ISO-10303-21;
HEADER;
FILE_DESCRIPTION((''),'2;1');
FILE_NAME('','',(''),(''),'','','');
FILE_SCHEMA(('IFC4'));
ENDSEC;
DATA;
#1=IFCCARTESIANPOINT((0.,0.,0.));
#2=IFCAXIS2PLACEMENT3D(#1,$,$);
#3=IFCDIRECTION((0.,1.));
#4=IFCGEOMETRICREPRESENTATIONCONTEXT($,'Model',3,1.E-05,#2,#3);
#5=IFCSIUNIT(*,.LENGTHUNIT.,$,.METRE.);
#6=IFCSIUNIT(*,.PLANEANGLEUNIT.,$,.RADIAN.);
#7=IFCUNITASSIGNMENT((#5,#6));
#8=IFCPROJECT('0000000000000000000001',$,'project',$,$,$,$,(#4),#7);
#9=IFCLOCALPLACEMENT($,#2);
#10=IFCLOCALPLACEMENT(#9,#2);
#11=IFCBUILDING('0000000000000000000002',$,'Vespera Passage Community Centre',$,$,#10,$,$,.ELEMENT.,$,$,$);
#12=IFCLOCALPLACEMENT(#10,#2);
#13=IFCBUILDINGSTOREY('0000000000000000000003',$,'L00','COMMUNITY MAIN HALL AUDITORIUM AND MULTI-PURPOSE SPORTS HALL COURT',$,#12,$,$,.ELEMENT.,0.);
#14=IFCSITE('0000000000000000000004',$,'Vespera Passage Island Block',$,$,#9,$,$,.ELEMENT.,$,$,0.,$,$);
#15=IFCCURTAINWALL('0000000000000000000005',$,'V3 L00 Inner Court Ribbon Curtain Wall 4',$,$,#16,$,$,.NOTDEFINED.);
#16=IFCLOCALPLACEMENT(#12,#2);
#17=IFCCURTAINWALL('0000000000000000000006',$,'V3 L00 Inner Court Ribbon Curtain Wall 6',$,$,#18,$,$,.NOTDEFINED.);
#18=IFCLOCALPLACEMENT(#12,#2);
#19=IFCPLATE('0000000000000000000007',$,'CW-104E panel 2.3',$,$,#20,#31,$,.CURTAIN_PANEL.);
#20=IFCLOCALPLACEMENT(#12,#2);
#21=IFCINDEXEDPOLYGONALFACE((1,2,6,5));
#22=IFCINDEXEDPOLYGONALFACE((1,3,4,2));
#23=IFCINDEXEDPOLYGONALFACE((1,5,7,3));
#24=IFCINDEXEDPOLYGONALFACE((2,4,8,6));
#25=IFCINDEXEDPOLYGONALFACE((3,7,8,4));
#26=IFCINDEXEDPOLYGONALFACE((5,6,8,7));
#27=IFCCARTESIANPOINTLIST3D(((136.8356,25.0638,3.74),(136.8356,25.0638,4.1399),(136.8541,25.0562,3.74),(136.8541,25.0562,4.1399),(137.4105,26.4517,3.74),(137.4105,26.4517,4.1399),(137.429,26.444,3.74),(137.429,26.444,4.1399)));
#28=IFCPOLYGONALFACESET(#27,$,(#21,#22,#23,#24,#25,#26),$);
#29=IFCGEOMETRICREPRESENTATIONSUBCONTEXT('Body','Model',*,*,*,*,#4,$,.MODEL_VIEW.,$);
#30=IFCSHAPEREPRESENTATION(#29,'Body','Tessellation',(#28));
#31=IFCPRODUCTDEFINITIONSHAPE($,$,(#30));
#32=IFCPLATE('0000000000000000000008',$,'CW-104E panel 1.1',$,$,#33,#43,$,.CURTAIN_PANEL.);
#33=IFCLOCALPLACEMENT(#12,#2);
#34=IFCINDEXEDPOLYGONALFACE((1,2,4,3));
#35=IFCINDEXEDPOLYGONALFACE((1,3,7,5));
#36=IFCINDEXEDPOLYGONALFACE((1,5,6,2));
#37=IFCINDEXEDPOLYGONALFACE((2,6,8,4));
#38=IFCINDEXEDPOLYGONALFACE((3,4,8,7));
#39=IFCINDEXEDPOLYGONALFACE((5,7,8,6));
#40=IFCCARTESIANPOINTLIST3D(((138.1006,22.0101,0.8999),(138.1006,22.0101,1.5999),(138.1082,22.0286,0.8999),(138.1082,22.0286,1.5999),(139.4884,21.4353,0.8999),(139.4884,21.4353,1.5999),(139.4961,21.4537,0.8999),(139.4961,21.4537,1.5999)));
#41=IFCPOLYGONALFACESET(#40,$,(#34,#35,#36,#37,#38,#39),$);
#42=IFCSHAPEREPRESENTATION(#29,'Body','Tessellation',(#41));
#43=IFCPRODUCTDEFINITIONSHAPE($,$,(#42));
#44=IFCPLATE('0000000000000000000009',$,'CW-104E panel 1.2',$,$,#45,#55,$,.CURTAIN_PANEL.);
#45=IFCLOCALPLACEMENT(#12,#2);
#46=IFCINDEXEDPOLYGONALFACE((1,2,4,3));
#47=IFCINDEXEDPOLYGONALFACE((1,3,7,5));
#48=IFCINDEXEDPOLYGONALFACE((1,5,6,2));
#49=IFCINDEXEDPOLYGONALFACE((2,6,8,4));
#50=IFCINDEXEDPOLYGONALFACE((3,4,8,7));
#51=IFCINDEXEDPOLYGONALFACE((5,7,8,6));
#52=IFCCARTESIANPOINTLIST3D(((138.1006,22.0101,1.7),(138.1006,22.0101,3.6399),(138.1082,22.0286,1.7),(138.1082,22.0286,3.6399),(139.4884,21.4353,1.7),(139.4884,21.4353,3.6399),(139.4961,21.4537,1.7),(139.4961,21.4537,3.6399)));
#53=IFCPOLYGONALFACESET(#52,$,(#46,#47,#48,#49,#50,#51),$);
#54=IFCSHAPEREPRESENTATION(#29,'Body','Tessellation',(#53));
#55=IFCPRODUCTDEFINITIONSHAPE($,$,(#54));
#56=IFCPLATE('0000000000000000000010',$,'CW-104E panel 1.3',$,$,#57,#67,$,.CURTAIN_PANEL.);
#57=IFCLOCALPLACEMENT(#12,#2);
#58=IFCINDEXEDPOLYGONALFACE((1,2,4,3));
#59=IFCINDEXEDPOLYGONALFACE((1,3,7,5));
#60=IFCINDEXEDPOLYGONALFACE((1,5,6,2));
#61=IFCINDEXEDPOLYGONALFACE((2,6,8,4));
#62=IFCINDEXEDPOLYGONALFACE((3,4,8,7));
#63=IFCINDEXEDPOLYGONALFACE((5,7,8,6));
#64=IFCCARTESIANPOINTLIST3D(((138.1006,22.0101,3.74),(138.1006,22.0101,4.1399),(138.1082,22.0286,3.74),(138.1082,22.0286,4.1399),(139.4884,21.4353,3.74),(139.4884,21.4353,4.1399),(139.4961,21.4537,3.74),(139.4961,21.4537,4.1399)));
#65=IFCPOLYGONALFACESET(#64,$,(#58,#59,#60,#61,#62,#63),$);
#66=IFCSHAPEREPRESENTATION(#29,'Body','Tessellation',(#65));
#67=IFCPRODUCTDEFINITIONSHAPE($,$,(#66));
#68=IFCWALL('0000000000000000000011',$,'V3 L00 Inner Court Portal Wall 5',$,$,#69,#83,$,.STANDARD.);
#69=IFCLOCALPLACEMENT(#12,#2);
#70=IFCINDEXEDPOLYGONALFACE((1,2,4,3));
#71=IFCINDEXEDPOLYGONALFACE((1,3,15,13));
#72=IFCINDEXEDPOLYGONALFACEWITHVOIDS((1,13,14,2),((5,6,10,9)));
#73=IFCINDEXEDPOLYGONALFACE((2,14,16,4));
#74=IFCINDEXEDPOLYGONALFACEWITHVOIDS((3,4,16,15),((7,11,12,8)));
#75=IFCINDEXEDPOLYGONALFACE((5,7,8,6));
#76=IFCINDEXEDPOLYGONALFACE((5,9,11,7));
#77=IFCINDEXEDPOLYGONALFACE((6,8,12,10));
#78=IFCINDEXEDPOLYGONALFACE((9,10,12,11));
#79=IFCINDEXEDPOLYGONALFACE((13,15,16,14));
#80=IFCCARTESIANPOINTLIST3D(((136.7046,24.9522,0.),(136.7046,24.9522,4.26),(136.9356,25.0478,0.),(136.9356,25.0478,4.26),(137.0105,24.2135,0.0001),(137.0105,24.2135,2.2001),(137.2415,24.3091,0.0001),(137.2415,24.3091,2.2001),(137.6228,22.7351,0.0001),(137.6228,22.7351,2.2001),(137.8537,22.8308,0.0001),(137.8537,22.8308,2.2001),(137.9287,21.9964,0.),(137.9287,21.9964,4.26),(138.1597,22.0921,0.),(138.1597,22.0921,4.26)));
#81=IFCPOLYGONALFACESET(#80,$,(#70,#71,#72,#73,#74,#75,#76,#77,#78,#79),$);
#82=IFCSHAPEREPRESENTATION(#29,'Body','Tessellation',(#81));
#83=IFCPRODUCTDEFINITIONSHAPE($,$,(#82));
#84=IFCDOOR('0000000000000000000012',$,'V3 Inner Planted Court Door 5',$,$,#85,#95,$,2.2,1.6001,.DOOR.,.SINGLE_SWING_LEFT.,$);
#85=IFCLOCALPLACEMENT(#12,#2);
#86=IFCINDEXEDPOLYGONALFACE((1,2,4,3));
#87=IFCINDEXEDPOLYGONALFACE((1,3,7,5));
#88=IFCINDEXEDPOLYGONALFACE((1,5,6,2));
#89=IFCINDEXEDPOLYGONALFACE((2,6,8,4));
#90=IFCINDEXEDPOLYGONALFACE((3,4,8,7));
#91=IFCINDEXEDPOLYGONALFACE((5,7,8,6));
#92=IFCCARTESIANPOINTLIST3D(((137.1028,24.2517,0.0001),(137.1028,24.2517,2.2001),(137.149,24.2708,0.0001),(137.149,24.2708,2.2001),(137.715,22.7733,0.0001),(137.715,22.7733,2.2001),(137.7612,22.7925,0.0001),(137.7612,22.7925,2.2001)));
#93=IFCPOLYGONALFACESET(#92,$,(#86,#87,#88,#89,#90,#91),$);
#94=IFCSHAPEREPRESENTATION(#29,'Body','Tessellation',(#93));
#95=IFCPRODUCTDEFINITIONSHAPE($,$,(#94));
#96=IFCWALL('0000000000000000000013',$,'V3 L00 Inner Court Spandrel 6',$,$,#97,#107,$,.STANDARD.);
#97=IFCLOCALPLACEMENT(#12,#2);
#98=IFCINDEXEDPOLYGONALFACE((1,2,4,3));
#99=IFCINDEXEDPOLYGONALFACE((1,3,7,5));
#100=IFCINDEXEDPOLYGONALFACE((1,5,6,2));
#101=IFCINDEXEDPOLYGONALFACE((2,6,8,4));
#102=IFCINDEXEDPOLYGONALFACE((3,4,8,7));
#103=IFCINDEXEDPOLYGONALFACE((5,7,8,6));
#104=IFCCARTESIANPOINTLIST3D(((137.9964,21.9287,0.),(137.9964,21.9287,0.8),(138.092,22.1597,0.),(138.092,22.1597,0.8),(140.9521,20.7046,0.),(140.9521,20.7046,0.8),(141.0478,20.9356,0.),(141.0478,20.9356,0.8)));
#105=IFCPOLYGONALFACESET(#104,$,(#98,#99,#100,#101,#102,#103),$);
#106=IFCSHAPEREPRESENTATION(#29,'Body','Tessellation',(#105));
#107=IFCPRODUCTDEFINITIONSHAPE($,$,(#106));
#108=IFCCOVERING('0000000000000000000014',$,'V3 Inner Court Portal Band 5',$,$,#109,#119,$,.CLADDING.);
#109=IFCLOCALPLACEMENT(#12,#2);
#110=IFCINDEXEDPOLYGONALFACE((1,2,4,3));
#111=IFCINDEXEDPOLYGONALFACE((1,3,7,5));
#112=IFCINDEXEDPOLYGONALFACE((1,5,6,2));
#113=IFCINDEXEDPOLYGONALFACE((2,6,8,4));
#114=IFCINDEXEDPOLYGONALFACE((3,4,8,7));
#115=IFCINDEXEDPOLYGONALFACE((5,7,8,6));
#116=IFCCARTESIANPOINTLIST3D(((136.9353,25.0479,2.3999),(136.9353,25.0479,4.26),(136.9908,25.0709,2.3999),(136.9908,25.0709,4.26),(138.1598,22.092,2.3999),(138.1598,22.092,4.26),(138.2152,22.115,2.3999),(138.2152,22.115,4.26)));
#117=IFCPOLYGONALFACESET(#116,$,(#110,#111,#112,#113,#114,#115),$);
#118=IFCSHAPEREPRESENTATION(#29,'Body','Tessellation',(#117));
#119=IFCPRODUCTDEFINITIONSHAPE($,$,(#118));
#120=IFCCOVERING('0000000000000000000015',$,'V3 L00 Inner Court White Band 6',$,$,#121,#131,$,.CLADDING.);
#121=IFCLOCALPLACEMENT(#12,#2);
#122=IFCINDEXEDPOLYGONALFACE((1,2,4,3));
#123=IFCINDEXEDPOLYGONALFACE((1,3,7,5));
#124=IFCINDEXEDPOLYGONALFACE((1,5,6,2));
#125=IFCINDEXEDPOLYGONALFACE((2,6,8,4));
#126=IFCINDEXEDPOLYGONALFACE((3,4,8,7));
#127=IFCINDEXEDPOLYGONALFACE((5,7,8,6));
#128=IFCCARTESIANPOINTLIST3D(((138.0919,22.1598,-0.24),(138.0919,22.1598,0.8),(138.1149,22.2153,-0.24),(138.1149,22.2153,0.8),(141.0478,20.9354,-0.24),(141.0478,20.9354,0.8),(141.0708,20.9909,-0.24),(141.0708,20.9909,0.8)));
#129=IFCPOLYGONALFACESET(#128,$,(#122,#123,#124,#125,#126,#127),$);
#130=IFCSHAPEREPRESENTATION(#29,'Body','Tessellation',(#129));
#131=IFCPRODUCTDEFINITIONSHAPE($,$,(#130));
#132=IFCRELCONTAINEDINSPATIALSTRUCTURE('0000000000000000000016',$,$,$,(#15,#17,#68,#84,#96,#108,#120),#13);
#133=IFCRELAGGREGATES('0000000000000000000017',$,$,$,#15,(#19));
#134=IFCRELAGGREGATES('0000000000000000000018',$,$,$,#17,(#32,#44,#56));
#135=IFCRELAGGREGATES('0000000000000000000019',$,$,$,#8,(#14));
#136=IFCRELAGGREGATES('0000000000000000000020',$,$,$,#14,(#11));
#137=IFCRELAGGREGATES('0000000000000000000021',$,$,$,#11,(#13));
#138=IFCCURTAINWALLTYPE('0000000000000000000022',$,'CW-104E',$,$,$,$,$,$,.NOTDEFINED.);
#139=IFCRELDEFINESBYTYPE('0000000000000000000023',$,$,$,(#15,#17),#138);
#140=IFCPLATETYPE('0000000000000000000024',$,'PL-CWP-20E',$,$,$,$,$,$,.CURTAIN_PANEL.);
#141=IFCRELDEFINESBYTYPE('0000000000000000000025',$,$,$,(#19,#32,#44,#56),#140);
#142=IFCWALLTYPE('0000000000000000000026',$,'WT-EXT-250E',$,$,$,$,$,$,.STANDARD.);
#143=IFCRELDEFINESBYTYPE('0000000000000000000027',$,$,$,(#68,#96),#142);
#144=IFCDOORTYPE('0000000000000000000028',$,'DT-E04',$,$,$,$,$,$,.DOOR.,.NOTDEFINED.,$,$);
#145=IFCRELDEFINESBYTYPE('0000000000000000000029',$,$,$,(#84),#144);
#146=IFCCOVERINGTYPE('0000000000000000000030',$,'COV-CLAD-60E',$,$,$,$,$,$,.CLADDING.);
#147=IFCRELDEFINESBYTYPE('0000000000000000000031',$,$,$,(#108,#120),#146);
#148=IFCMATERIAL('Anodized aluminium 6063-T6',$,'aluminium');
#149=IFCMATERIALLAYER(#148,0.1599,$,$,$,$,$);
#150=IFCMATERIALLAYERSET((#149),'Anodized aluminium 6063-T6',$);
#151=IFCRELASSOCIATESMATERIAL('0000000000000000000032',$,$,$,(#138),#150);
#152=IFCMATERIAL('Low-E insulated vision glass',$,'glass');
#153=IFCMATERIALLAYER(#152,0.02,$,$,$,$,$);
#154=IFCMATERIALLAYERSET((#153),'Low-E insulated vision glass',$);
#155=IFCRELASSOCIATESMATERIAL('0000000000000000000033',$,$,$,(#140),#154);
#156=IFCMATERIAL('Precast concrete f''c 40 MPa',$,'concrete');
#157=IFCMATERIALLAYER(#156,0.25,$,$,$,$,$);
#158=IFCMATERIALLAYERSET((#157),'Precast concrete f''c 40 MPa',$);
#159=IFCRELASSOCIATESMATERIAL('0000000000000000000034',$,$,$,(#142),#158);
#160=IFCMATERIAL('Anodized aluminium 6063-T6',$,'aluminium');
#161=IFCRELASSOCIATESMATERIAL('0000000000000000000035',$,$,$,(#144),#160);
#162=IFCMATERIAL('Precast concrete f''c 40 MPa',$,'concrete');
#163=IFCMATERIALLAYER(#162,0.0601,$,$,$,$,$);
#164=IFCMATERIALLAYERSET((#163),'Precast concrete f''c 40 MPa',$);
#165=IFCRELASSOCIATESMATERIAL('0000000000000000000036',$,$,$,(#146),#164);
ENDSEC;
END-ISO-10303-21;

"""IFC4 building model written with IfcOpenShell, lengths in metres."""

from ifc_helpers import new_model, si_unit, direction, frame, frame_2d, origin, origin_2d, place, context, subcontext, project, spatial, rectangle, extrude, material, layer, layer_set, type_object, element, fill, aggregate, save


model = new_model("IFC4")

# Units and contexts
model_context = context("Model", 3, precision=1e-05, world=origin(), true_north=direction((0.0, 1.0)))
body_context = subcontext(model_context, "Body", "Model", "MODEL_VIEW")
ifc_project = project(units=[si_unit("LENGTHUNIT", "METRE"), si_unit("PLANEANGLEUNIT", "RADIAN")], contexts=[model_context])

# Site, building, storey
site_placement = place(None, origin())
site = spatial("IfcSite", under=ifc_project, at=site_placement, Name="Vespera Passage Island Block", CompositionType="ELEMENT", RefElevation=0.0)
building_placement = place(site_placement, origin())
building = spatial("IfcBuilding", under=site, at=building_placement, Name="Vespera Passage Community Centre", CompositionType="ELEMENT")
storey_placement = place(building_placement, origin())
storey = spatial("IfcBuildingStorey", under=building, at=storey_placement, Name="L00", Description="COMMUNITY MAIN HALL AUDITORIUM AND MULTI-PURPOSE SPORTS HALL COURT", CompositionType="ELEMENT", Elevation=0.0)

# Curtain walls
ifc_material_1 = material(Name="Anodized aluminium 6063-T6", Category="aluminium")
ifc_layer_1 = layer(ifc_material_1, 0.1599)
ifc_layer_set_1 = layer_set([ifc_layer_1], Name="Anodized aluminium 6063-T6")
curtain_wall_type = type_object("IfcCurtainWallType", Name="CW-104E", PredefinedType="NOTDEFINED", material=ifc_layer_set_1)
curtain_wall_1_placement = place(storey_placement, origin())
curtain_wall_1 = element("IfcCurtainWall", 1, at=curtain_wall_1_placement, inside=storey, type_object=curtain_wall_type, Name="V3 L00 Inner Court Ribbon Curtain Wall 4", PredefinedType="NOTDEFINED")
curtain_wall_2_placement = place(storey_placement, origin())
curtain_wall_2 = element("IfcCurtainWall", 2, at=curtain_wall_2_placement, inside=storey, type_object=curtain_wall_type, Name="V3 L00 Inner Court Ribbon Curtain Wall 6", PredefinedType="NOTDEFINED")

# Plates
ifc_material_2 = material(Name="Low-E insulated vision glass", Category="glass")
ifc_layer_2 = layer(ifc_material_2, 0.02)
ifc_layer_set_2 = layer_set([ifc_layer_2], Name="Low-E insulated vision glass")
plate_type = type_object("IfcPlateType", Name="PL-CWP-20E", PredefinedType="CURTAIN_PANEL", material=ifc_layer_set_2)
plate_1_placement = place(storey_placement, frame((137.1323, 25.7539, 3.74), z_axis=(0.0, 0.0, 1.0), x_axis=(-0.382686, -0.923879, 0.0)))
plate_1 = element("IfcPlate", 3, at=plate_1_placement, type_object=plate_type, Name="CW-104E panel 2.3", PredefinedType="CURTAIN_PANEL", context=body_context, shape_type="SweptSolid", body=[
    extrude(rectangle(XDim=1.5022, YDim=0.02, at=origin_2d()), origin(), (0.0, 0.0, 1.0), 0.3999),
])
aggregate(curtain_wall_1, [plate_1])
plate_2_placement = place(storey_placement, frame((138.7983, 21.7319, 0.8999), z_axis=(0.0, 0.0, 1.0), x_axis=(0.923879, -0.382686, 0.0)))
plate_2 = element("IfcPlate", 4, at=plate_2_placement, type_object=plate_type, Name="CW-104E panel 1.1", PredefinedType="CURTAIN_PANEL", context=body_context, shape_type="SweptSolid", body=[
    extrude(rectangle(XDim=1.5022, YDim=0.02, at=origin_2d()), origin(), (0.0, 0.0, 1.0), 0.7),
])
plate_3_placement = place(storey_placement, frame((138.7983, 21.7319, 1.7), z_axis=(0.0, 0.0, 1.0), x_axis=(0.923879, -0.382686, 0.0)))
plate_3 = element("IfcPlate", 5, at=plate_3_placement, type_object=plate_type, Name="CW-104E panel 1.2", PredefinedType="CURTAIN_PANEL", context=body_context, shape_type="SweptSolid", body=[
    extrude(rectangle(XDim=1.5022, YDim=0.02, at=origin_2d()), origin(), (0.0, 0.0, 1.0), 1.9399),
])
plate_4_placement = place(storey_placement, frame((138.7983, 21.7319, 3.74), z_axis=(0.0, 0.0, 1.0), x_axis=(0.923879, -0.382686, 0.0)))
plate_4 = element("IfcPlate", 6, at=plate_4_placement, type_object=plate_type, Name="CW-104E panel 1.3", PredefinedType="CURTAIN_PANEL", context=body_context, shape_type="SweptSolid", body=[
    extrude(rectangle(XDim=1.5022, YDim=0.02, at=origin_2d()), origin(), (0.0, 0.0, 1.0), 0.3999),
])
aggregate(curtain_wall_2, [plate_2, plate_3, plate_4])

# Wall, opening, door
ifc_material_3 = material(Name="Precast concrete f'c 40 MPa", Category="concrete")
ifc_layer_3 = layer(ifc_material_3, 0.25)
ifc_layer_set_3 = layer_set([ifc_layer_3], Name="Precast concrete f'c 40 MPa")
wall_type = type_object("IfcWallType", Name="WT-EXT-250E", PredefinedType="STANDARD", material=ifc_layer_set_3)
wall_1_placement = place(storey_placement, frame((136.8201, 25.0, 0.0), z_axis=(0.0, 0.0, 1.0), x_axis=(0.382626, -0.923903, 0.0)))
wall_1 = element("IfcWall", 7, at=wall_1_placement, inside=storey, type_object=wall_type, Name="V3 L00 Inner Court Portal Wall 5", PredefinedType="STANDARD", context=body_context, shape_type="SweptSolid", body=[
    extrude(rectangle(XDim=3.1992, YDim=0.25, at=frame_2d((1.5996, 0.0))), origin(), (0.0, 0.0, 1.0), 4.26),
])
opening_placement = place(wall_1_placement, frame((0.7996, 0.0, 0.0)))
opening = element("IfcOpeningElement", 8, at=opening_placement, cuts=wall_1, PredefinedType="OPENING", context=body_context, shape_type="SweptSolid", body=[
    extrude(rectangle(XDim=1.6001, YDim=2.2, at=frame_2d((0.8, 1.1001))), frame((0.0, 0.135, 0.0), z_axis=(0.0, -1.0, 0.0), x_axis=(1.0, 0.0, 0.0)), (0.0, 0.0, 1.0), 0.27),
])
ifc_material_4 = material(Name="Anodized aluminium 6063-T6", Category="aluminium")
door_type = type_object("IfcDoorType", Name="DT-E04", OperationType="NOTDEFINED", PredefinedType="DOOR", material=ifc_material_4)
door_placement = place(opening_placement, origin())
door = element("IfcDoor", 9, at=door_placement, inside=storey, type_object=door_type, Name="V3 Inner Planted Court Door 5", OperationType="SINGLE_SWING_LEFT", OverallHeight=2.2, OverallWidth=1.6001, PredefinedType="DOOR", context=body_context, shape_type="SweptSolid", body=[
    extrude(rectangle(XDim=1.6001, YDim=2.2, at=frame_2d((0.8, 1.1001))), frame((0.0, 0.0249, 0.0), z_axis=(0.0, -1.0, 0.0), x_axis=(1.0, 0.0, 0.0)), (0.0, 0.0, 1.0), 0.05),
])
fill(opening, door)

# Wall
wall_2_placement = place(storey_placement, frame((138.0442, 22.0442, 0.0), z_axis=(0.0, 0.0, 1.0), x_axis=(0.923903, -0.382626, 0.0)))
element("IfcWall", 10, at=wall_2_placement, inside=storey, type_object=wall_type, Name="V3 L00 Inner Court Spandrel 6", PredefinedType="STANDARD", context=body_context, shape_type="SweptSolid", body=[
    extrude(rectangle(XDim=3.1992, YDim=0.25, at=frame_2d((1.5996, 0.0))), origin(), (0.0, 0.0, 1.0), 0.8),
])

# Coverings
ifc_material_5 = material(Name="Precast concrete f'c 40 MPa", Category="concrete")
ifc_layer_4 = layer(ifc_material_5, 0.0601)
ifc_layer_set_4 = layer_set([ifc_layer_4], Name="Precast concrete f'c 40 MPa")
covering_type = type_object("IfcCoveringType", Name="COV-CLAD-60E", PredefinedType="CLADDING", material=ifc_layer_set_4)
covering_1_placement = place(storey_placement, frame((136.9631, 25.0593, 2.3999), z_axis=(0.0, 0.0, 1.0), x_axis=(0.382691, -0.923876, 0.0)))
element("IfcCovering", 11, at=covering_1_placement, inside=storey, type_object=covering_type, Name="V3 Inner Court Portal Band 5", PredefinedType="CLADDING", context=body_context, shape_type="SweptSolid", body=[
    extrude(rectangle(XDim=3.1995, YDim=0.0601, at=frame_2d((1.5996, 0.0))), origin(), (0.0, 0.0, 1.0), 1.8601),
])
covering_2_placement = place(storey_placement, frame((138.1035, 22.1875, -0.24), z_axis=(0.0, 0.0, 1.0), x_axis=(0.923876, -0.382691, 0.0)))
element("IfcCovering", 12, at=covering_2_placement, inside=storey, type_object=covering_type, Name="V3 L00 Inner Court White Band 6", PredefinedType="CLADDING", context=body_context, shape_type="SweptSolid", body=[
    extrude(rectangle(XDim=3.1995, YDim=0.0601, at=frame_2d((1.5996, 0.0))), origin(), (0.0, 0.0, 1.0), 1.04),
])

save(model, "model.ifc")
